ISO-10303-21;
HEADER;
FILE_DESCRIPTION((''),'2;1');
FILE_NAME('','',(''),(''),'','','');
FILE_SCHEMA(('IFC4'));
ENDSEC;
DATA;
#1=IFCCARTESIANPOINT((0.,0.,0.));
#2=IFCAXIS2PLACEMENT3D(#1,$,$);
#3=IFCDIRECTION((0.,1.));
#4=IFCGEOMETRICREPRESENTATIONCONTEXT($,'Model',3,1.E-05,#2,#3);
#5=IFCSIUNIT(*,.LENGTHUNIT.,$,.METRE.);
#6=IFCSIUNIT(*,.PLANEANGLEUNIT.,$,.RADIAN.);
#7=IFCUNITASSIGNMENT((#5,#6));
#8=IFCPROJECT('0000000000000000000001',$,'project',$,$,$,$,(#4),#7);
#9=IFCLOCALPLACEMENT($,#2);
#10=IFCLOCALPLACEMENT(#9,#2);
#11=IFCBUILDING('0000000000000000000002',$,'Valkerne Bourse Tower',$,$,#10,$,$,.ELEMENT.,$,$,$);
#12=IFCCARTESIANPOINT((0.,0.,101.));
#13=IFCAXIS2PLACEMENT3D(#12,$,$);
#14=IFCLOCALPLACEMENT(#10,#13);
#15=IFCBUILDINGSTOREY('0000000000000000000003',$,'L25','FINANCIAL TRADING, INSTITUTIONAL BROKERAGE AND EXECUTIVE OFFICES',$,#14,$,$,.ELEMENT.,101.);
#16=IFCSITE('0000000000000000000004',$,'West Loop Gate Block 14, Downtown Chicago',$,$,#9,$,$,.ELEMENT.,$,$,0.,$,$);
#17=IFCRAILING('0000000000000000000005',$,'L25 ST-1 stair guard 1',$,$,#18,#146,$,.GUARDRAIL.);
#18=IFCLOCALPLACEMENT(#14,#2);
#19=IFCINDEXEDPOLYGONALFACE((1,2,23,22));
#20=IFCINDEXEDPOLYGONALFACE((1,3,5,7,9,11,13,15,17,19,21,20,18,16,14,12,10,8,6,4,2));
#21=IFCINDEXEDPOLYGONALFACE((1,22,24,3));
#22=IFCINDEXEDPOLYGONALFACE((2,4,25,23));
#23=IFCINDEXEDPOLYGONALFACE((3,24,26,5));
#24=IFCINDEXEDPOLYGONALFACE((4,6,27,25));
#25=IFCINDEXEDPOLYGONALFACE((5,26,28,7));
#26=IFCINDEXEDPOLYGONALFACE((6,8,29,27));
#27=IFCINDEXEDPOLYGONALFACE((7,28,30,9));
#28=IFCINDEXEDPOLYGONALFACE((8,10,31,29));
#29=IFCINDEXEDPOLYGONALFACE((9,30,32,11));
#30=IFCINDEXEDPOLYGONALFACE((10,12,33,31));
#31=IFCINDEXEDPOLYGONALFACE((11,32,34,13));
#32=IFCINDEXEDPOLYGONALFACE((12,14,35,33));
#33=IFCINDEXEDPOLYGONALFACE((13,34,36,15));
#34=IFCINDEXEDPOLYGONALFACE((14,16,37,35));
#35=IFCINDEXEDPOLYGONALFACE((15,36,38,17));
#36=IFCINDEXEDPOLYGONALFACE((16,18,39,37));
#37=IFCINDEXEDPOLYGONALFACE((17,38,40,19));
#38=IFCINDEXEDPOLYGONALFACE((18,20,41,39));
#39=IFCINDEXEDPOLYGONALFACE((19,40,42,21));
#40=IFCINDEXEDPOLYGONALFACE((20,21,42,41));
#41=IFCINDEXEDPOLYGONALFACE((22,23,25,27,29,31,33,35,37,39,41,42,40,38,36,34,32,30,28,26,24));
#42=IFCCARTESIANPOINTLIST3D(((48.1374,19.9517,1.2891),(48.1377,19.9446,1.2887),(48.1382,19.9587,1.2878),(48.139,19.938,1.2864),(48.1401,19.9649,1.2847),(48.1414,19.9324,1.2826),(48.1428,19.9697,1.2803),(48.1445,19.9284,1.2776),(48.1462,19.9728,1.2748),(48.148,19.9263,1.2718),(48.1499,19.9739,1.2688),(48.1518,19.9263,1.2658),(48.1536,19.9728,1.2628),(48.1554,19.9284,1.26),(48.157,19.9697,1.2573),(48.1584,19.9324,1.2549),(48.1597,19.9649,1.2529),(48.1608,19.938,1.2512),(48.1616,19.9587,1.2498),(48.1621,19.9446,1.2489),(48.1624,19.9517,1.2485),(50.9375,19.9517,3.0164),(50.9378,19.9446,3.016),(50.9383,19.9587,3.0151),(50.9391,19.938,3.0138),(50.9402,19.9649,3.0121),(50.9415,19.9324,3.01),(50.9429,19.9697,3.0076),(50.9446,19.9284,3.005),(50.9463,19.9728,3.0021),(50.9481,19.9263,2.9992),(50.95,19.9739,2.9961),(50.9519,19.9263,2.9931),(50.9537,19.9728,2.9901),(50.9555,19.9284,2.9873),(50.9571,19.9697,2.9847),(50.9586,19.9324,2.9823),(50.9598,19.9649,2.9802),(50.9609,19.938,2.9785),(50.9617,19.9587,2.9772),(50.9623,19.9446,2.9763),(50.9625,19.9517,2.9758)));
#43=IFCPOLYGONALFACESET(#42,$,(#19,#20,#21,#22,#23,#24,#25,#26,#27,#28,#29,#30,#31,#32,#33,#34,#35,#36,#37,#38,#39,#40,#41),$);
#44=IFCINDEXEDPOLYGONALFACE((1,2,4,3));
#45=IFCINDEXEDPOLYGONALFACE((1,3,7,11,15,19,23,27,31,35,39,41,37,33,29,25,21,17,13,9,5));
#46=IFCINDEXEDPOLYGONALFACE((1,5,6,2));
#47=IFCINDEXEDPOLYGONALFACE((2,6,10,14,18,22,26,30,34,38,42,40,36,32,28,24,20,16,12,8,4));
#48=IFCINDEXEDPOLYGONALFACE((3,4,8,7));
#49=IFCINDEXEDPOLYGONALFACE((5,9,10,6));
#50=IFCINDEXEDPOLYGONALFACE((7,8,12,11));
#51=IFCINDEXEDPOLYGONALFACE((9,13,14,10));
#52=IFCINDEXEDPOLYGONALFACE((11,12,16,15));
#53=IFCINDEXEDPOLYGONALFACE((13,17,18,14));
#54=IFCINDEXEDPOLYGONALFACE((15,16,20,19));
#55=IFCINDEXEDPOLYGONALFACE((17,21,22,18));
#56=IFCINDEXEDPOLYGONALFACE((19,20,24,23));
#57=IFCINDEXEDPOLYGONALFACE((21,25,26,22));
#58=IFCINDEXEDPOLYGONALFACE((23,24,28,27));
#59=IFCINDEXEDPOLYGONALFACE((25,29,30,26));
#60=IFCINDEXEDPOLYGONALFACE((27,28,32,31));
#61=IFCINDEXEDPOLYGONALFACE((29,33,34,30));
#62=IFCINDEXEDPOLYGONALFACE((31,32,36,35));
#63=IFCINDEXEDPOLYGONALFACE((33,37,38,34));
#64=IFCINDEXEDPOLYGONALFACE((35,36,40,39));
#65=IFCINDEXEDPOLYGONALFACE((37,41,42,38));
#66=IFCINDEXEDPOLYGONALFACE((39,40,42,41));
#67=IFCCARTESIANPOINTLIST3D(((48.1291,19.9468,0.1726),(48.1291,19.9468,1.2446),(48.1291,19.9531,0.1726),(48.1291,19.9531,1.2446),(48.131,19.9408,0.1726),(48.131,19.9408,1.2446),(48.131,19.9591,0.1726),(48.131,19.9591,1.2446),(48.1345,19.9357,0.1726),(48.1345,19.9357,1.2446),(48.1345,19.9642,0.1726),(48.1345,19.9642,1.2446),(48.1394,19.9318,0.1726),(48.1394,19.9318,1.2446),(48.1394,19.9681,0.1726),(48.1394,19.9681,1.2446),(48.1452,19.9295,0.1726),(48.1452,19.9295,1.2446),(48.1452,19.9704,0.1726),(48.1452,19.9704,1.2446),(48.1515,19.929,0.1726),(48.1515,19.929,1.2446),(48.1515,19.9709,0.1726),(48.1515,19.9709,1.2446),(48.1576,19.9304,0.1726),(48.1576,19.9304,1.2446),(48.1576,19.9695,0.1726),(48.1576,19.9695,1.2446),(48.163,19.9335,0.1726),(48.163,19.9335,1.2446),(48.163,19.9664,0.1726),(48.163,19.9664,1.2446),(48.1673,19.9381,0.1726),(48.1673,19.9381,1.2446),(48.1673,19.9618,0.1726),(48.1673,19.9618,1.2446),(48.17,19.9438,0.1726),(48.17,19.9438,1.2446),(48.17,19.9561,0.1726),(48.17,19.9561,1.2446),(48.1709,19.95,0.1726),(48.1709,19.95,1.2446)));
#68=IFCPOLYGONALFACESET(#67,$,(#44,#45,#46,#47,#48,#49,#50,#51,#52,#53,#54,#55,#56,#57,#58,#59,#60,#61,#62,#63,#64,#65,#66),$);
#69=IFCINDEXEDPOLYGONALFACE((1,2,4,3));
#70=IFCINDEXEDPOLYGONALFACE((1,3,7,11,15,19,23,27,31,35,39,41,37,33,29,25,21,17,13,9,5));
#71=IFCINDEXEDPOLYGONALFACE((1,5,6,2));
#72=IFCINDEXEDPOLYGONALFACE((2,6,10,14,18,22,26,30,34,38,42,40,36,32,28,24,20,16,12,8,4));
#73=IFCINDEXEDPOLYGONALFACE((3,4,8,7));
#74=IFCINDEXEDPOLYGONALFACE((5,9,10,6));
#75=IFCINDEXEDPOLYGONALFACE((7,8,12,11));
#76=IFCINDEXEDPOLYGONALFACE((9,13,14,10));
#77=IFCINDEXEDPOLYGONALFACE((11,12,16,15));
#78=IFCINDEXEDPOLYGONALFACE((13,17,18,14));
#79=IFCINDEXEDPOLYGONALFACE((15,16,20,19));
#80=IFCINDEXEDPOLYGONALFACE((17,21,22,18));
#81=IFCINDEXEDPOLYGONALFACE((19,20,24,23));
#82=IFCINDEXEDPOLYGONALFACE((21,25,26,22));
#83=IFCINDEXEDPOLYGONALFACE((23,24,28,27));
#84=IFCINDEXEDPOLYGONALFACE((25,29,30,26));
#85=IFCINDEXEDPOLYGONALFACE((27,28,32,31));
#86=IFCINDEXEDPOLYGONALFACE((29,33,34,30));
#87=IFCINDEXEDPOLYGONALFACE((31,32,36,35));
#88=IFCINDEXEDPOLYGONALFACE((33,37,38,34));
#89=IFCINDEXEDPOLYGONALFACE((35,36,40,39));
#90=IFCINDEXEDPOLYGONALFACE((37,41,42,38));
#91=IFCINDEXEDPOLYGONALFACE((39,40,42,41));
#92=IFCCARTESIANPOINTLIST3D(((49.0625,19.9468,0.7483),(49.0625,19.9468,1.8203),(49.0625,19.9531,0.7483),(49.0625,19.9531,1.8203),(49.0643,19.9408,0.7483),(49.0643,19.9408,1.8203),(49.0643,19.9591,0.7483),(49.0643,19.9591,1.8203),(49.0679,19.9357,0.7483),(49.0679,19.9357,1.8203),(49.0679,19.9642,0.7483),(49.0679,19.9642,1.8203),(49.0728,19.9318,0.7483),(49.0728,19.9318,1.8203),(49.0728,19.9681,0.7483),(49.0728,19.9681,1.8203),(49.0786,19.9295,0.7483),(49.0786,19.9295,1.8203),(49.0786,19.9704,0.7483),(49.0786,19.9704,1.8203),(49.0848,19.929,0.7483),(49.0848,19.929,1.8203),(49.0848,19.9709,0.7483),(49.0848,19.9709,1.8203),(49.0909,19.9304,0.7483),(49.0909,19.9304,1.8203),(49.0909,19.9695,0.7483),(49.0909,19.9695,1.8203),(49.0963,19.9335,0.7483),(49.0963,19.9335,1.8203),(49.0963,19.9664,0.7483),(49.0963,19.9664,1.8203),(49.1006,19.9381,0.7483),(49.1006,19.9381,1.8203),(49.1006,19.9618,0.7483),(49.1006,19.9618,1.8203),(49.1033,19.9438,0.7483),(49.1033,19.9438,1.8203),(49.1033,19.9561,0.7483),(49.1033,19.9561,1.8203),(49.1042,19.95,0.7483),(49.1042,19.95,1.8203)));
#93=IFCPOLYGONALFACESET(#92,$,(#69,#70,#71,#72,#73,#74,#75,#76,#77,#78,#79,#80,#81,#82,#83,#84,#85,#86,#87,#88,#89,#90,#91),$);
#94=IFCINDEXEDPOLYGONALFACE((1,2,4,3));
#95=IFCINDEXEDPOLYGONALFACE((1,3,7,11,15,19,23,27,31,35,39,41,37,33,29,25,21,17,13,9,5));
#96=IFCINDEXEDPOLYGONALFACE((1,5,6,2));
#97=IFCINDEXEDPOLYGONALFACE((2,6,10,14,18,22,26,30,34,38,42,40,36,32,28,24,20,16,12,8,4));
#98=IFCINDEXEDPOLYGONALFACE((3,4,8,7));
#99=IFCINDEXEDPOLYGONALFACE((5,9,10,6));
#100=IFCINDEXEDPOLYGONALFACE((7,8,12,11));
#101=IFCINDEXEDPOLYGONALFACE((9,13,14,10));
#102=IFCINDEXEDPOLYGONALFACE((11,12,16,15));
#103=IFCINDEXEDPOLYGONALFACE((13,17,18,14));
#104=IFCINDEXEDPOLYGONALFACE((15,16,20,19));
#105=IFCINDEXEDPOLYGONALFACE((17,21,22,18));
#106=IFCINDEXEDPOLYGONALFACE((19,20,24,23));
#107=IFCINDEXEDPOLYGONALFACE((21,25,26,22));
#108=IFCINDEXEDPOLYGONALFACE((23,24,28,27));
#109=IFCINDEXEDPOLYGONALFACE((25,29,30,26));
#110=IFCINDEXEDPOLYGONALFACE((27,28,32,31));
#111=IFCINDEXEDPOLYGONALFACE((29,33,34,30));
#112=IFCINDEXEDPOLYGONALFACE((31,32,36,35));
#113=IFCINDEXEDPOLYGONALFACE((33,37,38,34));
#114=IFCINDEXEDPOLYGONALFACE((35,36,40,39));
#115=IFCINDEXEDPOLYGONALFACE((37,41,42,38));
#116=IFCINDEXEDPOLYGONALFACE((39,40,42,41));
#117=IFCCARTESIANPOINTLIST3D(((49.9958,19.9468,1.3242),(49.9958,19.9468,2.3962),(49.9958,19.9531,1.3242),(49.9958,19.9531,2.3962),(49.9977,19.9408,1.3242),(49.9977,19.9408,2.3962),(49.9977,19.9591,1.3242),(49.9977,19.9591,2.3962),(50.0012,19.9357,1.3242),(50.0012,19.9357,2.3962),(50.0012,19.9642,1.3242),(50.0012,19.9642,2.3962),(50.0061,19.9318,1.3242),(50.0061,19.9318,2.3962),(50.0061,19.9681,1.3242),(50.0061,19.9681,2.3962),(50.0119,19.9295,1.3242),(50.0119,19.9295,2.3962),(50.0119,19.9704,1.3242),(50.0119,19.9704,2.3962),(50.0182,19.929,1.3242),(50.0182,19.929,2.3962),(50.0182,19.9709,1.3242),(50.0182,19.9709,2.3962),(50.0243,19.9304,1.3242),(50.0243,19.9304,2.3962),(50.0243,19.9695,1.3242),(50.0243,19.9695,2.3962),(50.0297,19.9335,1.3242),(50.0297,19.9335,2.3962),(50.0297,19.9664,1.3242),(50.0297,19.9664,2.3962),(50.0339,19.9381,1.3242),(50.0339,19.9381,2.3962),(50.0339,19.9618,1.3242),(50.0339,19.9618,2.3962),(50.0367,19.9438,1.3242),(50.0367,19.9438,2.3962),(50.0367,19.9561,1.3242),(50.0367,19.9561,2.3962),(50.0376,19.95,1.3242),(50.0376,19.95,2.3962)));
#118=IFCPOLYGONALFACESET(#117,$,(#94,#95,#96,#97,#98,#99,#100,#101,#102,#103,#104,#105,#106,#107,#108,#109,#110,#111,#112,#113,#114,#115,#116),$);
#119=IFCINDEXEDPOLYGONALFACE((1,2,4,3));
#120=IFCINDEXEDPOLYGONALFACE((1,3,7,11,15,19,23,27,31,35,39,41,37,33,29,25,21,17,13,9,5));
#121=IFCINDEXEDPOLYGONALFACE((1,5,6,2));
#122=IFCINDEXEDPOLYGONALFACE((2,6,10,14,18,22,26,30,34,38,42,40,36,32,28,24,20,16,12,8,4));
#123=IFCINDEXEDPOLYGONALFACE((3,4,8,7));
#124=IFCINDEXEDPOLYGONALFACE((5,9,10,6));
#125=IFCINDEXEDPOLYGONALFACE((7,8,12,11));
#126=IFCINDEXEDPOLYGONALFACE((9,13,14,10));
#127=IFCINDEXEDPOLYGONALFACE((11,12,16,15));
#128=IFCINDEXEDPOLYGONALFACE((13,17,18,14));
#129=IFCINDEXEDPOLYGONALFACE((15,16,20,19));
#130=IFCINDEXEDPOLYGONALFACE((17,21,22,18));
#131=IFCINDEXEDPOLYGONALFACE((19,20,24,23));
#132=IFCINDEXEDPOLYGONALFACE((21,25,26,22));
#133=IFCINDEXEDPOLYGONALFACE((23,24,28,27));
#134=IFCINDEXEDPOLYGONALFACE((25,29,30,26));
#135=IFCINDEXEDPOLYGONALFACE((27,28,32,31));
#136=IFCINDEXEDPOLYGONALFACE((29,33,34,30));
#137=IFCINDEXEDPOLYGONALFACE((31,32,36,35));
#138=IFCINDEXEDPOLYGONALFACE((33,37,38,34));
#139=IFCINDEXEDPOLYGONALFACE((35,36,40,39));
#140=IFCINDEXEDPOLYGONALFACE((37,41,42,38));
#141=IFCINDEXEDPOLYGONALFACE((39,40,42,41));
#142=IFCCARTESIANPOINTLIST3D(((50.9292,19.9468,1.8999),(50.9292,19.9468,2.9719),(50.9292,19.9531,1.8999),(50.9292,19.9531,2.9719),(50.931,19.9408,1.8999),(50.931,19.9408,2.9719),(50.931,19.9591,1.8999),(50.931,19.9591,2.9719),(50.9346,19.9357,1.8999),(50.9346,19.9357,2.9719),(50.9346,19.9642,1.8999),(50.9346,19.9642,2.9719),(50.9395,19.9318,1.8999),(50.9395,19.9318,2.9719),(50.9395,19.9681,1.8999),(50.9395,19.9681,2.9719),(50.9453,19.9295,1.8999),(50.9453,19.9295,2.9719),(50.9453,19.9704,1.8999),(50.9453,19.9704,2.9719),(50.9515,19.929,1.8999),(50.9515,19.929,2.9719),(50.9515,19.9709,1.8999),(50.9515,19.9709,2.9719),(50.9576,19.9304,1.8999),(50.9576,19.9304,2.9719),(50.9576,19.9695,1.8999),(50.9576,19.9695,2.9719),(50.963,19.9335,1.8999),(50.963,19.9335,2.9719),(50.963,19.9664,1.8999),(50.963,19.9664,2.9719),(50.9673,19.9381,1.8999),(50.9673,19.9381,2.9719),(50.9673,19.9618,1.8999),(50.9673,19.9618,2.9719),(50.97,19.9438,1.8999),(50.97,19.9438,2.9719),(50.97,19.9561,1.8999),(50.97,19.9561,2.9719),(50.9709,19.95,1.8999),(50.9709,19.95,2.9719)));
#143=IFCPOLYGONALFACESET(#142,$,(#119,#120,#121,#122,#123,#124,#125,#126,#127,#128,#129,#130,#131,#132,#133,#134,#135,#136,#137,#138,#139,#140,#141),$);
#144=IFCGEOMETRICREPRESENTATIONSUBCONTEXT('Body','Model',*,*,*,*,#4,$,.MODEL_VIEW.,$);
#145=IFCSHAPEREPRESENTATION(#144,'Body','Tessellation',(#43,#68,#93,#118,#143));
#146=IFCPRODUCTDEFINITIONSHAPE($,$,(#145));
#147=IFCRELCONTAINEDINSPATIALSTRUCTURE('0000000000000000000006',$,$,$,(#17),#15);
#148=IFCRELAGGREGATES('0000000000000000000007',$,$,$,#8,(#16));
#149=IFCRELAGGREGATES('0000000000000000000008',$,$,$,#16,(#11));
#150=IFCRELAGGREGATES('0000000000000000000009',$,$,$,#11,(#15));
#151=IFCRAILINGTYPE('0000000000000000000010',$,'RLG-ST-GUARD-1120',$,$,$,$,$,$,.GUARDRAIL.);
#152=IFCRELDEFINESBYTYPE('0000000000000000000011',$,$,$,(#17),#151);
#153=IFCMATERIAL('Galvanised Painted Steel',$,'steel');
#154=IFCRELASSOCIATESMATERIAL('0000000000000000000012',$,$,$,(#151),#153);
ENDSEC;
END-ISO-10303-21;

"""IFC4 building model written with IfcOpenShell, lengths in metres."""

from ifc_helpers import new_model, si_unit, direction, frame, origin, origin_2d, place, context, subcontext, project, spatial, circle, extrude, material, type_object, element, save


model = new_model("IFC4")

# Units and contexts
model_context = context("Model", 3, precision=1e-05, world=origin(), true_north=direction((0.0, 1.0)))
body_context = subcontext(model_context, "Body", "Model", "MODEL_VIEW")
ifc_project = project(units=[si_unit("LENGTHUNIT", "METRE"), si_unit("PLANEANGLEUNIT", "RADIAN")], contexts=[model_context])

# Site, building, storey
site_placement = place(None, origin())
site = spatial("IfcSite", under=ifc_project, at=site_placement, Name="West Loop Gate Block 14, Downtown Chicago", CompositionType="ELEMENT", RefElevation=0.0)
building_placement = place(site_placement, origin())
building = spatial("IfcBuilding", under=site, at=building_placement, Name="Valkerne Bourse Tower", CompositionType="ELEMENT")
storey_placement = place(building_placement, frame((0.0, 0.0, 101.0)))
storey = spatial("IfcBuildingStorey", under=building, at=storey_placement, Name="L25", Description="FINANCIAL TRADING, INSTITUTIONAL BROKERAGE AND EXECUTIVE OFFICES", CompositionType="ELEMENT", Elevation=101.0)

# Shared definitions
ifc_material_1 = material(Name="Galvanised Painted Steel", Category="steel")

# Railing
railing_type_1 = type_object("IfcRailingType", Name="RLG-ST-GUARD-1120", PredefinedType="GUARDRAIL", material=ifc_material_1)
railing_1_placement = place(storey_placement, frame((48.1499, 19.95, 0.1726)))
element("IfcRailing", 1, at=railing_1_placement, inside=storey, type_object=railing_type_1, Name="L25 ST-1 stair guard 1", PredefinedType="GUARDRAIL", context=body_context, shape_type="SweptSolid", body=[
    extrude(circle(Radius=0.0239, at=origin_2d()), frame((0.0, 0.0, 1.0962), z_axis=(0.85109, 0.0, 0.52502), x_axis=(0.0, 1.0, 0.0)), (0.0, 0.0, 1.0), 3.29),
    extrude(circle(Radius=0.021, at=origin_2d()), origin(), (0.0, 0.0, 1.0), 1.072),
    extrude(circle(Radius=0.021, at=origin_2d()), frame((0.9333, 0.0, 0.5757)), (0.0, 0.0, 1.0), 1.072),
    extrude(circle(Radius=0.021, at=origin_2d()), frame((1.8667, 0.0, 1.1516)), (0.0, 0.0, 1.0), 1.072),
    extrude(circle(Radius=0.021, at=origin_2d()), frame((2.8, 0.0, 1.7273)), (0.0, 0.0, 1.0), 1.072),
])

save(model, "model.ifc")
